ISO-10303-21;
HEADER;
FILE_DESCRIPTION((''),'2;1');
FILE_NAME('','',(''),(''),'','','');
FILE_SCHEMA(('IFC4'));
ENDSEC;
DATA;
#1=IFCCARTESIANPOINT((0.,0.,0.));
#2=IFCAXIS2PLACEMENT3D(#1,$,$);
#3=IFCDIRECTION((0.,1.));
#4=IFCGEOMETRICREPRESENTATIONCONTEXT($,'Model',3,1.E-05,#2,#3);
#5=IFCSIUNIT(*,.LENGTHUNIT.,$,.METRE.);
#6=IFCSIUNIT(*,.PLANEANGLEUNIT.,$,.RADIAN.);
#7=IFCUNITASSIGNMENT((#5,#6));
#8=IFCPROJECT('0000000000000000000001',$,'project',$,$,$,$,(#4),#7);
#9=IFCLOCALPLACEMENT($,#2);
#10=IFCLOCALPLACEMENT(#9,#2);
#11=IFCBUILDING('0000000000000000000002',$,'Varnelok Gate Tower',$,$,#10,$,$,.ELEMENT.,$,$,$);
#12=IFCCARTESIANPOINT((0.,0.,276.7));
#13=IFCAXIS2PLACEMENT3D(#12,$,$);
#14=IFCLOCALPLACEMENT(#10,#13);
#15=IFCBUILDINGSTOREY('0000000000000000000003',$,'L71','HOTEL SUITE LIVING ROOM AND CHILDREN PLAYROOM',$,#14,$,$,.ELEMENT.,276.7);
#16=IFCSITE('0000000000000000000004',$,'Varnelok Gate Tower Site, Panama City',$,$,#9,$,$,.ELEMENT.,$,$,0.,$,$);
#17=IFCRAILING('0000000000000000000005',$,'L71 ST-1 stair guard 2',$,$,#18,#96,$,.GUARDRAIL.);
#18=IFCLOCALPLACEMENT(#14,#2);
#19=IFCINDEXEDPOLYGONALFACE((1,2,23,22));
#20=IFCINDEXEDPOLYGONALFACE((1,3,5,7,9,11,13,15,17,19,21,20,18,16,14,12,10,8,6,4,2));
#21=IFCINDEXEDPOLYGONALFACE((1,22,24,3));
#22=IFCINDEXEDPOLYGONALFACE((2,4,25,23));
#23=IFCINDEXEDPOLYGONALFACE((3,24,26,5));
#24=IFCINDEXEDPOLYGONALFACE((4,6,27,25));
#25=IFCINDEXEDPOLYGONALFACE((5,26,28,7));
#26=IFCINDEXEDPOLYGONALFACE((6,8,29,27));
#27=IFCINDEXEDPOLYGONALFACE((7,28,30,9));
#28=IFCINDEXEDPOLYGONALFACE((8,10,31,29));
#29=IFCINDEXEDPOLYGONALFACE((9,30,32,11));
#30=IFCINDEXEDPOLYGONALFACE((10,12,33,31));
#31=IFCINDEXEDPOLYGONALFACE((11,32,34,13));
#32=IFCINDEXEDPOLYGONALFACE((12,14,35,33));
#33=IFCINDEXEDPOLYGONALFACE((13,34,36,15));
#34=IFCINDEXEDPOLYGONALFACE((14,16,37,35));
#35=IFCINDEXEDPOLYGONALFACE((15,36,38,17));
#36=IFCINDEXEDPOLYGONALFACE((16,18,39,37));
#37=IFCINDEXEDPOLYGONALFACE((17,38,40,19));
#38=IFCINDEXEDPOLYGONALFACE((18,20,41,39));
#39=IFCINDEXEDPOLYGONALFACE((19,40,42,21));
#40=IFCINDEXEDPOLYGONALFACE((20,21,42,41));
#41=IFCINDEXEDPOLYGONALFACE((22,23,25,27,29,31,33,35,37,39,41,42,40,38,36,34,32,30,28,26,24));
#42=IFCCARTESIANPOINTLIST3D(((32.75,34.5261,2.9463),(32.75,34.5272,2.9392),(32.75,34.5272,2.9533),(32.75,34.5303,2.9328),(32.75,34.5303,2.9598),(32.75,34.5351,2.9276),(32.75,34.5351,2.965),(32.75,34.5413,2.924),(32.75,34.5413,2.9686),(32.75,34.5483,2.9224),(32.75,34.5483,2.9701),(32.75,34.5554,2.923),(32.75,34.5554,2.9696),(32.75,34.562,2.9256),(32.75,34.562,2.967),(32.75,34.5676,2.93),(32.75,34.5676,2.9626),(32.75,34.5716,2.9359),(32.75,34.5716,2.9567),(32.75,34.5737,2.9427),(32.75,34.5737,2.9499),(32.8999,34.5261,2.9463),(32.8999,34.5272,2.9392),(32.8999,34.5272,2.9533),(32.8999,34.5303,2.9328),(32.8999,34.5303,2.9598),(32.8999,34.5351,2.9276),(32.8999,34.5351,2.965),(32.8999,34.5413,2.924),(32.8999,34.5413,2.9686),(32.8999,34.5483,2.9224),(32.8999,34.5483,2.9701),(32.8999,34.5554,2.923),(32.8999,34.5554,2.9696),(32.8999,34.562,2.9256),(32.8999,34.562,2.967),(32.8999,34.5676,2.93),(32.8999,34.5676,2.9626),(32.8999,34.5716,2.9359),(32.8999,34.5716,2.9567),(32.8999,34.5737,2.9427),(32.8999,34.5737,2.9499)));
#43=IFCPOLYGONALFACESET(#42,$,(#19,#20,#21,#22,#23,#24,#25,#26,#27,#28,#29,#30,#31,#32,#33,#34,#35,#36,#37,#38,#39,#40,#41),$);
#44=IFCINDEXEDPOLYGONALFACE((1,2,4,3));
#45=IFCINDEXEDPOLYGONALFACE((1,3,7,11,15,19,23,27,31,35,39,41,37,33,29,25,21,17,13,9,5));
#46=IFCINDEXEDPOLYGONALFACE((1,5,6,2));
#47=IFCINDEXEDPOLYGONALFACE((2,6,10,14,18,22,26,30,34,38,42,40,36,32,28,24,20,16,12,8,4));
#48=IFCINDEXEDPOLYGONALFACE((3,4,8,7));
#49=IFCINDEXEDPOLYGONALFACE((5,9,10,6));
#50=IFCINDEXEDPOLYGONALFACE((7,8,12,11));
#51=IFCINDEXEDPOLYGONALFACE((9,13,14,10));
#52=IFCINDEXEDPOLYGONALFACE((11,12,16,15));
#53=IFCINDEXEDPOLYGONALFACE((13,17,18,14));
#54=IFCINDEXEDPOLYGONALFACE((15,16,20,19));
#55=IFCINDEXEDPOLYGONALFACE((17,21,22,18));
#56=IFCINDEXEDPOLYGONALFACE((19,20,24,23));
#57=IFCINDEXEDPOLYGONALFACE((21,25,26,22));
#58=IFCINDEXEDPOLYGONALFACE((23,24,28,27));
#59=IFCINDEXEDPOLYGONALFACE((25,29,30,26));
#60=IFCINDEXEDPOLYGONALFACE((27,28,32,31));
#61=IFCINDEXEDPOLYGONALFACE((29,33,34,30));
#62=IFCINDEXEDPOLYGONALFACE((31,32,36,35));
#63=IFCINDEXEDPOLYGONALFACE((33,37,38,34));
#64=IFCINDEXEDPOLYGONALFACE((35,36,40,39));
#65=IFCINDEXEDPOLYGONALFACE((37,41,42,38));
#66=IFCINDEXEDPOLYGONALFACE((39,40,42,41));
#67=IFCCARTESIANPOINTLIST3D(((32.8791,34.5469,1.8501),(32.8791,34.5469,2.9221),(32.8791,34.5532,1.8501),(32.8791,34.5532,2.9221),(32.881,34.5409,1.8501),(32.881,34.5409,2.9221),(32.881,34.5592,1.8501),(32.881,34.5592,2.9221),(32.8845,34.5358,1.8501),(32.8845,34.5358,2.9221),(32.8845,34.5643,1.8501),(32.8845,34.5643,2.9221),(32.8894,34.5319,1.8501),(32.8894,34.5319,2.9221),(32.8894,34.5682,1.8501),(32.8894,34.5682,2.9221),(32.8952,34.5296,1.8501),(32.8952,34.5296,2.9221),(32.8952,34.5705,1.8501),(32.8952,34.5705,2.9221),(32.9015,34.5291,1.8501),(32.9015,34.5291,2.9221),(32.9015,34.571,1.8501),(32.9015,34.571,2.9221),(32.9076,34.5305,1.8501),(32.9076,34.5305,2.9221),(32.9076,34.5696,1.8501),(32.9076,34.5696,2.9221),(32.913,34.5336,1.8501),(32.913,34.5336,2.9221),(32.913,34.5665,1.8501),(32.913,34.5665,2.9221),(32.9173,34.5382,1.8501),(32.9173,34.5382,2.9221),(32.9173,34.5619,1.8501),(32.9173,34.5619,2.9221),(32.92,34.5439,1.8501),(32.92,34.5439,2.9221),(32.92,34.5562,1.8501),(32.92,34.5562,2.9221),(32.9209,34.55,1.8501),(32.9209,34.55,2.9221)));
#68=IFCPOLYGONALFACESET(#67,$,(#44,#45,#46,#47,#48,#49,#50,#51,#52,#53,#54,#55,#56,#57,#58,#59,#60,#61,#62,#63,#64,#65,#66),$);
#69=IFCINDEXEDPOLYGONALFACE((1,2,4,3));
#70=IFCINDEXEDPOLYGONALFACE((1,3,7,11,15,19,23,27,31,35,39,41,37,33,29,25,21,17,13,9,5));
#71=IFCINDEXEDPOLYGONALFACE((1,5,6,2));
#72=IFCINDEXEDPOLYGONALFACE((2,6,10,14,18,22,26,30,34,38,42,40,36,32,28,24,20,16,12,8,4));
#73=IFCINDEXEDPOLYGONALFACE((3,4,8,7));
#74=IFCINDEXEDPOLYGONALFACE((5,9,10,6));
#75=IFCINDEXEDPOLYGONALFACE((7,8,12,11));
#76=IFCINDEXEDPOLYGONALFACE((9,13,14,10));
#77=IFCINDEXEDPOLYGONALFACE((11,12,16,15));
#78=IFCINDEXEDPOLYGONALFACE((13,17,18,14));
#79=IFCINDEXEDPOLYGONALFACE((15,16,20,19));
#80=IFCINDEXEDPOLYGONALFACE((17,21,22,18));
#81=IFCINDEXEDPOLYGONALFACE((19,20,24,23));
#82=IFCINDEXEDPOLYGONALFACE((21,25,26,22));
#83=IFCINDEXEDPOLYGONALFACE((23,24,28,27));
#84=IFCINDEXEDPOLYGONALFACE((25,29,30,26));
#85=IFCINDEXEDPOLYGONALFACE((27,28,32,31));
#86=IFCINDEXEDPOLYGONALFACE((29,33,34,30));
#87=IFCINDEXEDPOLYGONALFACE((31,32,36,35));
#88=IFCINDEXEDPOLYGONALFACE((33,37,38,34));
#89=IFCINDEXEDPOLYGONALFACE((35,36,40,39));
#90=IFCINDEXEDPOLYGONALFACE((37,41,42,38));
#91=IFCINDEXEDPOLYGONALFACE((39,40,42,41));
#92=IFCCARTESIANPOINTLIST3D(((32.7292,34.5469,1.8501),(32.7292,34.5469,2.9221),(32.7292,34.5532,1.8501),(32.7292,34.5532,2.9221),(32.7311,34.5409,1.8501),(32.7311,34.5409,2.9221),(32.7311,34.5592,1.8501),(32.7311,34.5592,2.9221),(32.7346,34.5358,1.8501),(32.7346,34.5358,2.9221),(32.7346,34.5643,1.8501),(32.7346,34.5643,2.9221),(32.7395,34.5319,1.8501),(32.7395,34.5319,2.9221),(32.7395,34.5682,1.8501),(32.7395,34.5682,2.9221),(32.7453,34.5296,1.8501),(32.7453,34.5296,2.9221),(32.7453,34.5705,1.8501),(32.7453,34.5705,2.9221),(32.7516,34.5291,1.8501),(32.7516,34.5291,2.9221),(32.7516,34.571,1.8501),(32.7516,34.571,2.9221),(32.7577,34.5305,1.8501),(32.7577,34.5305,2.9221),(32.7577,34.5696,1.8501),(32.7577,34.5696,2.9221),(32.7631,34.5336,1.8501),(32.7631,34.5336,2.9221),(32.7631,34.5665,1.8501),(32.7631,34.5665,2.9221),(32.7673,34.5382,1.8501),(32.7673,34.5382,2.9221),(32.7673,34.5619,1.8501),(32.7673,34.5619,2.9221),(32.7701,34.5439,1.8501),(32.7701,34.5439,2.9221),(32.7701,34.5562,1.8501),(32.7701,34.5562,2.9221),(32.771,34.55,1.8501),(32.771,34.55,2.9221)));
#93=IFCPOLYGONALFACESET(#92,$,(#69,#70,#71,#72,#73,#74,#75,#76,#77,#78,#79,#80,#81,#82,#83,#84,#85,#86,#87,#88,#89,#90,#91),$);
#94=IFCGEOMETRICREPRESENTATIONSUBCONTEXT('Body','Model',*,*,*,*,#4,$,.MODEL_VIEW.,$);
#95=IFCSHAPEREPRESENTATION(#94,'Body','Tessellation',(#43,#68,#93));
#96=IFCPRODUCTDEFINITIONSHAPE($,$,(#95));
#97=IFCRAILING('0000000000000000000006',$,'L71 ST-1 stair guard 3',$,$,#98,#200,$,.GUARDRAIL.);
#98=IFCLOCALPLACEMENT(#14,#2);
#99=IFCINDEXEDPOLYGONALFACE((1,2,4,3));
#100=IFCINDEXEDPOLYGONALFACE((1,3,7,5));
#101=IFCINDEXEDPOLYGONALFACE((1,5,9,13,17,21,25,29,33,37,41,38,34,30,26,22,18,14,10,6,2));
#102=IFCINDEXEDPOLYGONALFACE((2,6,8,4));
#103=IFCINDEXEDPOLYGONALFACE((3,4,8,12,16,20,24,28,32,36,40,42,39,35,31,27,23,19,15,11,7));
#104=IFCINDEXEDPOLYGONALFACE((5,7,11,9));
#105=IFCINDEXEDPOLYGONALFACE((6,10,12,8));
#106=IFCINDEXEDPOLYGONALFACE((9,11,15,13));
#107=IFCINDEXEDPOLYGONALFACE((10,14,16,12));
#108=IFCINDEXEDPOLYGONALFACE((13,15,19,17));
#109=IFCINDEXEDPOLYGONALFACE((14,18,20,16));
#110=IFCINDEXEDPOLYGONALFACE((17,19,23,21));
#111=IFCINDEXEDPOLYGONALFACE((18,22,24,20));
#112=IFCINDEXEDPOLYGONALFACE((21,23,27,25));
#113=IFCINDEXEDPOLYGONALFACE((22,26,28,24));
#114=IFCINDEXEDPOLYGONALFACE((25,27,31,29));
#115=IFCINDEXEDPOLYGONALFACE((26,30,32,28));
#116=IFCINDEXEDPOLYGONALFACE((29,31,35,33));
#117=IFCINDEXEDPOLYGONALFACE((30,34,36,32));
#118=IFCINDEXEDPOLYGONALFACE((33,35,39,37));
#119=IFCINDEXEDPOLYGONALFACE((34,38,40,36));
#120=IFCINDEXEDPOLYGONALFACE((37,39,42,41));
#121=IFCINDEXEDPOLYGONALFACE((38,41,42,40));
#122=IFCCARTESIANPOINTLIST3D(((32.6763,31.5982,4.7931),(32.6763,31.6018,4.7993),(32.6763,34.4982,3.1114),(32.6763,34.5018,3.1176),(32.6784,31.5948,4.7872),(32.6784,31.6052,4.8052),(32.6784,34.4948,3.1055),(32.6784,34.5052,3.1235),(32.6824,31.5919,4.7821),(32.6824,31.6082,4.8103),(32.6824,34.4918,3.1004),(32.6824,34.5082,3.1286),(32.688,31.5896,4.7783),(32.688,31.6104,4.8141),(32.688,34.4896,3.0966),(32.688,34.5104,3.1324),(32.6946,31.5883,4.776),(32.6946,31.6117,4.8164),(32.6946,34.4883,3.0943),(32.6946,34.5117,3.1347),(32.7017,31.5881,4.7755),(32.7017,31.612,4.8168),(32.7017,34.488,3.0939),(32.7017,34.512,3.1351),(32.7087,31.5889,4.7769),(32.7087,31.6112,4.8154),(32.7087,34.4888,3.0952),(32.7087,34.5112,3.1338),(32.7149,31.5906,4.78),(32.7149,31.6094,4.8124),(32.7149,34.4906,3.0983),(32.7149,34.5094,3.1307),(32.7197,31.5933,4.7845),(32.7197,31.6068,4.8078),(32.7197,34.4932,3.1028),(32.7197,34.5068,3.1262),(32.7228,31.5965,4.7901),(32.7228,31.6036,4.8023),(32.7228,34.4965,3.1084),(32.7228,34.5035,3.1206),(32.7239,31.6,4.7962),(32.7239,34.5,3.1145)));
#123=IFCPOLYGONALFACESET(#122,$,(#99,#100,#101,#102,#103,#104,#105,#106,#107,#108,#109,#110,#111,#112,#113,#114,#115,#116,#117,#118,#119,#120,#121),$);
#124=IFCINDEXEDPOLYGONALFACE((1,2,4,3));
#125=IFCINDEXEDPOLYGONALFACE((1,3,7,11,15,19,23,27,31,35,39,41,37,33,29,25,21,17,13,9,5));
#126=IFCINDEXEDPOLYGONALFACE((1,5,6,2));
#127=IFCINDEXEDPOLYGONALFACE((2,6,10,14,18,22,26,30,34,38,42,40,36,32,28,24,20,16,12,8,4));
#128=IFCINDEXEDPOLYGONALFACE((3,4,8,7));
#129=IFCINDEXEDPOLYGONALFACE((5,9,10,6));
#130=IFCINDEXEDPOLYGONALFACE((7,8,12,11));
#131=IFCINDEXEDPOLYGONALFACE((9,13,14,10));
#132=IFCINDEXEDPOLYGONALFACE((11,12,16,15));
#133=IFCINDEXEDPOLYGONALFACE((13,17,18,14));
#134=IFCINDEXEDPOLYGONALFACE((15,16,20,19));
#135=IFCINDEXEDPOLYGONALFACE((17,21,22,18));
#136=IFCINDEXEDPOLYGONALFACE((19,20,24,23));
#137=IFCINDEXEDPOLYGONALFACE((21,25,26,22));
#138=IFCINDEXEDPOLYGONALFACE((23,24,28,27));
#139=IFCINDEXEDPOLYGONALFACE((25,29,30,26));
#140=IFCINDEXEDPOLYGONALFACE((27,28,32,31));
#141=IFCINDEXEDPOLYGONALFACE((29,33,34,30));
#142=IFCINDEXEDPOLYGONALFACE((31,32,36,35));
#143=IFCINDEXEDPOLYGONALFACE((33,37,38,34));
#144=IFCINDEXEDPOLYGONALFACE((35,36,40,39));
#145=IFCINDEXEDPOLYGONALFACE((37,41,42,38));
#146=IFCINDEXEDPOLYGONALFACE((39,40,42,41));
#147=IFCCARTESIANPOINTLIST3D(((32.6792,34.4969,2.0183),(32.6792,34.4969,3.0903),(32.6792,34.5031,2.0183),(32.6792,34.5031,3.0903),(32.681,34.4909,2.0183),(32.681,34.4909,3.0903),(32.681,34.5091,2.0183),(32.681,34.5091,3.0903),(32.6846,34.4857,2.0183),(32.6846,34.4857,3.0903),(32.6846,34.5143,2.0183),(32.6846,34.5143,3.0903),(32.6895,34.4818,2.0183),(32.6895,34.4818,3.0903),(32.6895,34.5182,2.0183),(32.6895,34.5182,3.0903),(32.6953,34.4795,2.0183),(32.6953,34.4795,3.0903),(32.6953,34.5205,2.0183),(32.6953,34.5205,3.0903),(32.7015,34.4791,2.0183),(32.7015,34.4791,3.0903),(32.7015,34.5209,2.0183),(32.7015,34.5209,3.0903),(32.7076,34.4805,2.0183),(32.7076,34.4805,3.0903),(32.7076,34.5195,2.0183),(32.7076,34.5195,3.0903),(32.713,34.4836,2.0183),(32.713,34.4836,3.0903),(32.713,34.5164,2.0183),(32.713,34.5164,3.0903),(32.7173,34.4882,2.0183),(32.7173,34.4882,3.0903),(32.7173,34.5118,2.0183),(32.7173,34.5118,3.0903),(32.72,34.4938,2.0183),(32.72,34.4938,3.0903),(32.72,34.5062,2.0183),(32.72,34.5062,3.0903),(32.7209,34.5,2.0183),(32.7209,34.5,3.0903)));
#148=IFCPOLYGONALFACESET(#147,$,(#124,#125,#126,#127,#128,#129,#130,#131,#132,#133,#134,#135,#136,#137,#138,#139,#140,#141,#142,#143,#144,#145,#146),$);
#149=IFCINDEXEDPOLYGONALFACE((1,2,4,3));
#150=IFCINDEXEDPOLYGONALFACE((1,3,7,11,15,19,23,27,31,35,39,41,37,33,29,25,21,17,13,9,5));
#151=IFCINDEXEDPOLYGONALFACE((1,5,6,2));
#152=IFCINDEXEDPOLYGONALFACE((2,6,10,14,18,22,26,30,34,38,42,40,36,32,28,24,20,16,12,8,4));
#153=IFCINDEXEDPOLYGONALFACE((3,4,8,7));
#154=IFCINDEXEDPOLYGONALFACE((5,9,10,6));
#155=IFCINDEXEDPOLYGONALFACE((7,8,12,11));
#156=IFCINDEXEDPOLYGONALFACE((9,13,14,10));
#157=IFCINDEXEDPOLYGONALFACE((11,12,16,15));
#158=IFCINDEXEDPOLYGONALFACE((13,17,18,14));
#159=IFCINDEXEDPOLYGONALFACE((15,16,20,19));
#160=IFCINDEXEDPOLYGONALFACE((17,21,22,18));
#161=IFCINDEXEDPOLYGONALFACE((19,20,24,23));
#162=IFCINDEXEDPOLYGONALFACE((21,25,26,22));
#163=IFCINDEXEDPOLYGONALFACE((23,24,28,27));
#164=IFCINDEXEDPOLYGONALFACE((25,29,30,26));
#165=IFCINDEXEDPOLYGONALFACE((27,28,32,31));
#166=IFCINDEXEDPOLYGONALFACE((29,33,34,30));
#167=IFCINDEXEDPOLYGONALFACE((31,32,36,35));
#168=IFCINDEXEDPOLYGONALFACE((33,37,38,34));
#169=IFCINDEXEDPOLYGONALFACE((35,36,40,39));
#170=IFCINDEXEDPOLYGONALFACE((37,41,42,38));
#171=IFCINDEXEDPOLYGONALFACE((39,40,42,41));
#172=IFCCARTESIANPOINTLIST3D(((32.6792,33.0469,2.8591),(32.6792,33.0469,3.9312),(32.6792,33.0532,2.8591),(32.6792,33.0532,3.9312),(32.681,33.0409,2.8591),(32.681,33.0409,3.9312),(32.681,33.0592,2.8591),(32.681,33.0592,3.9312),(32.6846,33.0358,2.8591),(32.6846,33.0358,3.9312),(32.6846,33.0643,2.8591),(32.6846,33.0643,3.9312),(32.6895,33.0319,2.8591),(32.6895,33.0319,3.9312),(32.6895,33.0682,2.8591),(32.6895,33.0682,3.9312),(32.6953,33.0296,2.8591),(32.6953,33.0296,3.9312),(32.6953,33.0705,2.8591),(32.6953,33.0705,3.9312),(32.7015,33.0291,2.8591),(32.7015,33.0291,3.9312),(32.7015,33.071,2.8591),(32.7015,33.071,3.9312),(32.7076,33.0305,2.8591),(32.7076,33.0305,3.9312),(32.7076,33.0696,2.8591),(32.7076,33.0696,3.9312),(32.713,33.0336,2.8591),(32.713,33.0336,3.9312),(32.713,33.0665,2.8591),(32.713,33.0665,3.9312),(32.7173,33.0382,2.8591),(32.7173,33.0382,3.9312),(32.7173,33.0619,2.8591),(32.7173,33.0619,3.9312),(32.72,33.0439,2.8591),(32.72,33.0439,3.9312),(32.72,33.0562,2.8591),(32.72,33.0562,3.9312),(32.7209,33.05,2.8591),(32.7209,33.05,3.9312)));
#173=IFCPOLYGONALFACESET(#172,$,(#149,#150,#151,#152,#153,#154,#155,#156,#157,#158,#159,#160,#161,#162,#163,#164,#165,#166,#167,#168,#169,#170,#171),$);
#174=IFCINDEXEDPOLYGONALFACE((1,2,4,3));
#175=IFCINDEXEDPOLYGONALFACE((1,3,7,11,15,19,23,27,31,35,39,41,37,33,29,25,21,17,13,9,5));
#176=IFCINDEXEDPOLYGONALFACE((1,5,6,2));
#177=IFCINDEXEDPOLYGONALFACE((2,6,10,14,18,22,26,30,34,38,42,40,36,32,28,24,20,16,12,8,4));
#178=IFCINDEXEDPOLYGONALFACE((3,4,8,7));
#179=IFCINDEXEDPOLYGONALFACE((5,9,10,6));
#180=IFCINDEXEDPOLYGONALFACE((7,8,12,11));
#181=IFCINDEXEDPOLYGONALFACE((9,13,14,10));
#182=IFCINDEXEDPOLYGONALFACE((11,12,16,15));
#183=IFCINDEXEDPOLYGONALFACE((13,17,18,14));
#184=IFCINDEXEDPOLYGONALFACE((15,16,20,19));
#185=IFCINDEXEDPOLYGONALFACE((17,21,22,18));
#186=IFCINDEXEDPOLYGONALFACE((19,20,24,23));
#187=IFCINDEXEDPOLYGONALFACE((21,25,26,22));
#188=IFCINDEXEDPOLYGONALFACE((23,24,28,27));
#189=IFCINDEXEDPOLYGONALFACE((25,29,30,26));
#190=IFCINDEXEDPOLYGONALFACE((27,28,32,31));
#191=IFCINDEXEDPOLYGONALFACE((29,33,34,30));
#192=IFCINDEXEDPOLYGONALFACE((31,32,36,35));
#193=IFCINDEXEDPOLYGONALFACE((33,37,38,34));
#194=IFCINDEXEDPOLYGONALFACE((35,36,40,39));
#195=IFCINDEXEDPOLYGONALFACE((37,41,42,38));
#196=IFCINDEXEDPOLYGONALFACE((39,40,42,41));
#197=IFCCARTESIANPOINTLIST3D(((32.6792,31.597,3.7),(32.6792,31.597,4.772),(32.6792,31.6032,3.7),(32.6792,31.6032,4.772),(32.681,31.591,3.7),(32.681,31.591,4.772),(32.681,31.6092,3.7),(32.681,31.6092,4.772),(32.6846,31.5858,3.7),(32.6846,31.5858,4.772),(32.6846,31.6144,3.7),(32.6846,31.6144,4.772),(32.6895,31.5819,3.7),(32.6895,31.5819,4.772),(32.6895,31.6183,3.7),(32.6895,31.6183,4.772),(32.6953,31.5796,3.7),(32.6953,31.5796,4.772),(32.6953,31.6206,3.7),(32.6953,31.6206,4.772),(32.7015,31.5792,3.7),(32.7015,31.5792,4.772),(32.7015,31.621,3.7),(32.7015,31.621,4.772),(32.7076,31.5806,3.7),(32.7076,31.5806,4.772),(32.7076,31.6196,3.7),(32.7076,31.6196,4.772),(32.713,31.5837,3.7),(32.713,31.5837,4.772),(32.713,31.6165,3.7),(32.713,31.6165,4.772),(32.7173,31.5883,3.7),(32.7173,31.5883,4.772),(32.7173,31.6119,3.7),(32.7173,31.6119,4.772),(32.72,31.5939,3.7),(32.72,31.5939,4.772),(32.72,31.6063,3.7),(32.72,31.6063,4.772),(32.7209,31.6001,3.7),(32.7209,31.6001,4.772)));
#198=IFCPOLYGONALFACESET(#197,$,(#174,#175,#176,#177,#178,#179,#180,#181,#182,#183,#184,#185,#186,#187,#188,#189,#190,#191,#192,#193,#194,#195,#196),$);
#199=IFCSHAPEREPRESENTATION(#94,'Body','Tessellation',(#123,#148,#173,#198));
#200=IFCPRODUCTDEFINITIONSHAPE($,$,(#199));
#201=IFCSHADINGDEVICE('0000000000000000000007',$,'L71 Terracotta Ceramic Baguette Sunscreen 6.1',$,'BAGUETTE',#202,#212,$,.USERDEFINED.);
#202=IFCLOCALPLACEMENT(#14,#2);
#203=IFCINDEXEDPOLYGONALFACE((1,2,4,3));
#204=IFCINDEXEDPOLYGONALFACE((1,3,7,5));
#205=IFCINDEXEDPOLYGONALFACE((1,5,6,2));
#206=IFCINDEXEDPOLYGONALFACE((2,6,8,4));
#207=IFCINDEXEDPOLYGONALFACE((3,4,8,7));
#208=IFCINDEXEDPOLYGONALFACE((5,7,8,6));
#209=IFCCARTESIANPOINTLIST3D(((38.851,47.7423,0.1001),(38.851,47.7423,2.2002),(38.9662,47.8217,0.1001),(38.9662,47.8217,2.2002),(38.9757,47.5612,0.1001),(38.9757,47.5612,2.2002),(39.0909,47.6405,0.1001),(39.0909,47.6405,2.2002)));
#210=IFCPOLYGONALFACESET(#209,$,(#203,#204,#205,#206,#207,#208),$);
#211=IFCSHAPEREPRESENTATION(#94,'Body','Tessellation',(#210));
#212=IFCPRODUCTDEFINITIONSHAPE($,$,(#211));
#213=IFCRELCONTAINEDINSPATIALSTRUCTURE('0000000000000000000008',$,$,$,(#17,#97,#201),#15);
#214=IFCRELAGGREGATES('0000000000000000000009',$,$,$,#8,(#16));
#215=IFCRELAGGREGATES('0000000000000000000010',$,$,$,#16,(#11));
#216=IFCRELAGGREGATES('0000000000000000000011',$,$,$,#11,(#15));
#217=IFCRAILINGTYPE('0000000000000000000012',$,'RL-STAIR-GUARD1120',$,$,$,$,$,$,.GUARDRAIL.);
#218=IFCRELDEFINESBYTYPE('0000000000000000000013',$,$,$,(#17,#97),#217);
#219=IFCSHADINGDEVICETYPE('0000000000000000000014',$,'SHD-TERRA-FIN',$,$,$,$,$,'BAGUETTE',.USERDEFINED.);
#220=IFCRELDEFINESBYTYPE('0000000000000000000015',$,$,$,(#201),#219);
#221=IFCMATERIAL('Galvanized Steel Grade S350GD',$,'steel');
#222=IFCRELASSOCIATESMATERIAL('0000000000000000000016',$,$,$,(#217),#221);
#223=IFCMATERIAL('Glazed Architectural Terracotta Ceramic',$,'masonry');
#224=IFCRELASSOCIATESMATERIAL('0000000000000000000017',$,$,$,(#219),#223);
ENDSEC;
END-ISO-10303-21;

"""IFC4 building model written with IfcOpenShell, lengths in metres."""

from ifc_helpers import new_model, si_unit, direction, frame, origin, origin_2d, place, context, subcontext, project, spatial, rectangle, circle, extrude, source, transform, mapped, material, type_object, element, save


model = new_model("IFC4")

# Units and contexts
model_context = context("Model", 3, precision=1e-05, world=origin(), true_north=direction((0.0, 1.0)))
body_context = subcontext(model_context, "Body", "Model", "MODEL_VIEW")
ifc_project = project(units=[si_unit("LENGTHUNIT", "METRE"), si_unit("PLANEANGLEUNIT", "RADIAN")], contexts=[model_context])

# Site, building, storey
site_placement = place(None, origin())
site = spatial("IfcSite", under=ifc_project, at=site_placement, Name="Varnelok Gate Tower Site, Panama City", CompositionType="ELEMENT", RefElevation=0.0)
building_placement = place(site_placement, origin())
building = spatial("IfcBuilding", under=site, at=building_placement, Name="Varnelok Gate Tower", CompositionType="ELEMENT")
storey_placement = place(building_placement, frame((0.0, 0.0, 276.7)))
storey = spatial("IfcBuildingStorey", under=building, at=storey_placement, Name="L71", Description="HOTEL SUITE LIVING ROOM AND CHILDREN PLAYROOM", CompositionType="ELEMENT", Elevation=276.7)

# Shared definitions
ifc_material_1 = material(Name="Galvanized Steel Grade S350GD", Category="steel")

# Railings
railing_type_1 = type_object("IfcRailingType", Name="RL-STAIR-GUARD1120", PredefinedType="GUARDRAIL", material=ifc_material_1)
railing_1_placement = place(storey_placement, frame((32.8999, 34.55, 1.8501)))
element("IfcRailing", 1, at=railing_1_placement, inside=storey, type_object=railing_type_1, Name="L71 ST-1 stair guard 2", PredefinedType="GUARDRAIL", context=body_context, shape_type="SweptSolid", body=[
    extrude(circle(Radius=0.0239, at=origin_2d()), frame((0.0, 0.0, 1.0962), z_axis=(-1.0, 0.0, 0.0), x_axis=(0.0, -1.0, 0.0)), (0.0, 0.0, 1.0), 0.1499),
    extrude(circle(Radius=0.021, at=origin_2d()), origin(), (0.0, 0.0, 1.0), 1.072),
    extrude(circle(Radius=0.021, at=origin_2d()), frame((-0.1499, 0.0, 0.0)), (0.0, 0.0, 1.0), 1.072),
])
railing_2_placement = place(storey_placement, frame((32.7, 34.5, 2.0183)))
element("IfcRailing", 2, at=railing_2_placement, inside=storey, type_object=railing_type_1, Name="L71 ST-1 stair guard 3", PredefinedType="GUARDRAIL", context=body_context, shape_type="SweptSolid", body=[
    extrude(circle(Radius=0.0239, at=origin_2d()), frame((0.0, 0.0, 1.0962), z_axis=(0.0, -0.86507, 0.501651), x_axis=(1.0, 0.0, 0.0)), (0.0, 0.0, 1.0), 3.3523),
    extrude(circle(Radius=0.021, at=origin_2d()), origin(), (0.0, 0.0, 1.0), 1.072),
    extrude(circle(Radius=0.021, at=origin_2d()), frame((0.0, -1.45, 0.8408)), (0.0, 0.0, 1.0), 1.072),
    extrude(circle(Radius=0.021, at=origin_2d()), frame((0.0, -2.8999, 1.6816)), (0.0, 0.0, 1.0), 1.072),
])

# Shading device
ifc_material_2 = material(Name="Glazed Architectural Terracotta Ceramic", Category="masonry")
shading_device_type = type_object("IfcShadingDeviceType", Name="SHD-TERRA-FIN", ElementType="BAGUETTE", PredefinedType="USERDEFINED", material=ifc_material_2)
shared_shape = source(origin(), body_context, "Body", "SweptSolid", [
    extrude(rectangle(XDim=0.1399, YDim=0.22, at=origin_2d()), origin(), (0.0, 0.0, 1.0), 2.1001),
])
shading_device_placement = place(storey_placement, frame((38.9709, 47.6914, 0.1001), z_axis=(0.0, 0.0, 1.0), x_axis=(0.823533, 0.567269, 0.0)))
element("IfcShadingDevice", 3, at=shading_device_placement, inside=storey, type_object=shading_device_type, Name="L71 Terracotta Ceramic Baguette Sunscreen 6.1", ObjectType="BAGUETTE", PredefinedType="USERDEFINED", context=body_context, shape_type="MappedRepresentation", body=[
    mapped(shared_shape, transform((0.0, 0.0, 0.0), scale=1.0)),
])

save(model, "model.ifc")
